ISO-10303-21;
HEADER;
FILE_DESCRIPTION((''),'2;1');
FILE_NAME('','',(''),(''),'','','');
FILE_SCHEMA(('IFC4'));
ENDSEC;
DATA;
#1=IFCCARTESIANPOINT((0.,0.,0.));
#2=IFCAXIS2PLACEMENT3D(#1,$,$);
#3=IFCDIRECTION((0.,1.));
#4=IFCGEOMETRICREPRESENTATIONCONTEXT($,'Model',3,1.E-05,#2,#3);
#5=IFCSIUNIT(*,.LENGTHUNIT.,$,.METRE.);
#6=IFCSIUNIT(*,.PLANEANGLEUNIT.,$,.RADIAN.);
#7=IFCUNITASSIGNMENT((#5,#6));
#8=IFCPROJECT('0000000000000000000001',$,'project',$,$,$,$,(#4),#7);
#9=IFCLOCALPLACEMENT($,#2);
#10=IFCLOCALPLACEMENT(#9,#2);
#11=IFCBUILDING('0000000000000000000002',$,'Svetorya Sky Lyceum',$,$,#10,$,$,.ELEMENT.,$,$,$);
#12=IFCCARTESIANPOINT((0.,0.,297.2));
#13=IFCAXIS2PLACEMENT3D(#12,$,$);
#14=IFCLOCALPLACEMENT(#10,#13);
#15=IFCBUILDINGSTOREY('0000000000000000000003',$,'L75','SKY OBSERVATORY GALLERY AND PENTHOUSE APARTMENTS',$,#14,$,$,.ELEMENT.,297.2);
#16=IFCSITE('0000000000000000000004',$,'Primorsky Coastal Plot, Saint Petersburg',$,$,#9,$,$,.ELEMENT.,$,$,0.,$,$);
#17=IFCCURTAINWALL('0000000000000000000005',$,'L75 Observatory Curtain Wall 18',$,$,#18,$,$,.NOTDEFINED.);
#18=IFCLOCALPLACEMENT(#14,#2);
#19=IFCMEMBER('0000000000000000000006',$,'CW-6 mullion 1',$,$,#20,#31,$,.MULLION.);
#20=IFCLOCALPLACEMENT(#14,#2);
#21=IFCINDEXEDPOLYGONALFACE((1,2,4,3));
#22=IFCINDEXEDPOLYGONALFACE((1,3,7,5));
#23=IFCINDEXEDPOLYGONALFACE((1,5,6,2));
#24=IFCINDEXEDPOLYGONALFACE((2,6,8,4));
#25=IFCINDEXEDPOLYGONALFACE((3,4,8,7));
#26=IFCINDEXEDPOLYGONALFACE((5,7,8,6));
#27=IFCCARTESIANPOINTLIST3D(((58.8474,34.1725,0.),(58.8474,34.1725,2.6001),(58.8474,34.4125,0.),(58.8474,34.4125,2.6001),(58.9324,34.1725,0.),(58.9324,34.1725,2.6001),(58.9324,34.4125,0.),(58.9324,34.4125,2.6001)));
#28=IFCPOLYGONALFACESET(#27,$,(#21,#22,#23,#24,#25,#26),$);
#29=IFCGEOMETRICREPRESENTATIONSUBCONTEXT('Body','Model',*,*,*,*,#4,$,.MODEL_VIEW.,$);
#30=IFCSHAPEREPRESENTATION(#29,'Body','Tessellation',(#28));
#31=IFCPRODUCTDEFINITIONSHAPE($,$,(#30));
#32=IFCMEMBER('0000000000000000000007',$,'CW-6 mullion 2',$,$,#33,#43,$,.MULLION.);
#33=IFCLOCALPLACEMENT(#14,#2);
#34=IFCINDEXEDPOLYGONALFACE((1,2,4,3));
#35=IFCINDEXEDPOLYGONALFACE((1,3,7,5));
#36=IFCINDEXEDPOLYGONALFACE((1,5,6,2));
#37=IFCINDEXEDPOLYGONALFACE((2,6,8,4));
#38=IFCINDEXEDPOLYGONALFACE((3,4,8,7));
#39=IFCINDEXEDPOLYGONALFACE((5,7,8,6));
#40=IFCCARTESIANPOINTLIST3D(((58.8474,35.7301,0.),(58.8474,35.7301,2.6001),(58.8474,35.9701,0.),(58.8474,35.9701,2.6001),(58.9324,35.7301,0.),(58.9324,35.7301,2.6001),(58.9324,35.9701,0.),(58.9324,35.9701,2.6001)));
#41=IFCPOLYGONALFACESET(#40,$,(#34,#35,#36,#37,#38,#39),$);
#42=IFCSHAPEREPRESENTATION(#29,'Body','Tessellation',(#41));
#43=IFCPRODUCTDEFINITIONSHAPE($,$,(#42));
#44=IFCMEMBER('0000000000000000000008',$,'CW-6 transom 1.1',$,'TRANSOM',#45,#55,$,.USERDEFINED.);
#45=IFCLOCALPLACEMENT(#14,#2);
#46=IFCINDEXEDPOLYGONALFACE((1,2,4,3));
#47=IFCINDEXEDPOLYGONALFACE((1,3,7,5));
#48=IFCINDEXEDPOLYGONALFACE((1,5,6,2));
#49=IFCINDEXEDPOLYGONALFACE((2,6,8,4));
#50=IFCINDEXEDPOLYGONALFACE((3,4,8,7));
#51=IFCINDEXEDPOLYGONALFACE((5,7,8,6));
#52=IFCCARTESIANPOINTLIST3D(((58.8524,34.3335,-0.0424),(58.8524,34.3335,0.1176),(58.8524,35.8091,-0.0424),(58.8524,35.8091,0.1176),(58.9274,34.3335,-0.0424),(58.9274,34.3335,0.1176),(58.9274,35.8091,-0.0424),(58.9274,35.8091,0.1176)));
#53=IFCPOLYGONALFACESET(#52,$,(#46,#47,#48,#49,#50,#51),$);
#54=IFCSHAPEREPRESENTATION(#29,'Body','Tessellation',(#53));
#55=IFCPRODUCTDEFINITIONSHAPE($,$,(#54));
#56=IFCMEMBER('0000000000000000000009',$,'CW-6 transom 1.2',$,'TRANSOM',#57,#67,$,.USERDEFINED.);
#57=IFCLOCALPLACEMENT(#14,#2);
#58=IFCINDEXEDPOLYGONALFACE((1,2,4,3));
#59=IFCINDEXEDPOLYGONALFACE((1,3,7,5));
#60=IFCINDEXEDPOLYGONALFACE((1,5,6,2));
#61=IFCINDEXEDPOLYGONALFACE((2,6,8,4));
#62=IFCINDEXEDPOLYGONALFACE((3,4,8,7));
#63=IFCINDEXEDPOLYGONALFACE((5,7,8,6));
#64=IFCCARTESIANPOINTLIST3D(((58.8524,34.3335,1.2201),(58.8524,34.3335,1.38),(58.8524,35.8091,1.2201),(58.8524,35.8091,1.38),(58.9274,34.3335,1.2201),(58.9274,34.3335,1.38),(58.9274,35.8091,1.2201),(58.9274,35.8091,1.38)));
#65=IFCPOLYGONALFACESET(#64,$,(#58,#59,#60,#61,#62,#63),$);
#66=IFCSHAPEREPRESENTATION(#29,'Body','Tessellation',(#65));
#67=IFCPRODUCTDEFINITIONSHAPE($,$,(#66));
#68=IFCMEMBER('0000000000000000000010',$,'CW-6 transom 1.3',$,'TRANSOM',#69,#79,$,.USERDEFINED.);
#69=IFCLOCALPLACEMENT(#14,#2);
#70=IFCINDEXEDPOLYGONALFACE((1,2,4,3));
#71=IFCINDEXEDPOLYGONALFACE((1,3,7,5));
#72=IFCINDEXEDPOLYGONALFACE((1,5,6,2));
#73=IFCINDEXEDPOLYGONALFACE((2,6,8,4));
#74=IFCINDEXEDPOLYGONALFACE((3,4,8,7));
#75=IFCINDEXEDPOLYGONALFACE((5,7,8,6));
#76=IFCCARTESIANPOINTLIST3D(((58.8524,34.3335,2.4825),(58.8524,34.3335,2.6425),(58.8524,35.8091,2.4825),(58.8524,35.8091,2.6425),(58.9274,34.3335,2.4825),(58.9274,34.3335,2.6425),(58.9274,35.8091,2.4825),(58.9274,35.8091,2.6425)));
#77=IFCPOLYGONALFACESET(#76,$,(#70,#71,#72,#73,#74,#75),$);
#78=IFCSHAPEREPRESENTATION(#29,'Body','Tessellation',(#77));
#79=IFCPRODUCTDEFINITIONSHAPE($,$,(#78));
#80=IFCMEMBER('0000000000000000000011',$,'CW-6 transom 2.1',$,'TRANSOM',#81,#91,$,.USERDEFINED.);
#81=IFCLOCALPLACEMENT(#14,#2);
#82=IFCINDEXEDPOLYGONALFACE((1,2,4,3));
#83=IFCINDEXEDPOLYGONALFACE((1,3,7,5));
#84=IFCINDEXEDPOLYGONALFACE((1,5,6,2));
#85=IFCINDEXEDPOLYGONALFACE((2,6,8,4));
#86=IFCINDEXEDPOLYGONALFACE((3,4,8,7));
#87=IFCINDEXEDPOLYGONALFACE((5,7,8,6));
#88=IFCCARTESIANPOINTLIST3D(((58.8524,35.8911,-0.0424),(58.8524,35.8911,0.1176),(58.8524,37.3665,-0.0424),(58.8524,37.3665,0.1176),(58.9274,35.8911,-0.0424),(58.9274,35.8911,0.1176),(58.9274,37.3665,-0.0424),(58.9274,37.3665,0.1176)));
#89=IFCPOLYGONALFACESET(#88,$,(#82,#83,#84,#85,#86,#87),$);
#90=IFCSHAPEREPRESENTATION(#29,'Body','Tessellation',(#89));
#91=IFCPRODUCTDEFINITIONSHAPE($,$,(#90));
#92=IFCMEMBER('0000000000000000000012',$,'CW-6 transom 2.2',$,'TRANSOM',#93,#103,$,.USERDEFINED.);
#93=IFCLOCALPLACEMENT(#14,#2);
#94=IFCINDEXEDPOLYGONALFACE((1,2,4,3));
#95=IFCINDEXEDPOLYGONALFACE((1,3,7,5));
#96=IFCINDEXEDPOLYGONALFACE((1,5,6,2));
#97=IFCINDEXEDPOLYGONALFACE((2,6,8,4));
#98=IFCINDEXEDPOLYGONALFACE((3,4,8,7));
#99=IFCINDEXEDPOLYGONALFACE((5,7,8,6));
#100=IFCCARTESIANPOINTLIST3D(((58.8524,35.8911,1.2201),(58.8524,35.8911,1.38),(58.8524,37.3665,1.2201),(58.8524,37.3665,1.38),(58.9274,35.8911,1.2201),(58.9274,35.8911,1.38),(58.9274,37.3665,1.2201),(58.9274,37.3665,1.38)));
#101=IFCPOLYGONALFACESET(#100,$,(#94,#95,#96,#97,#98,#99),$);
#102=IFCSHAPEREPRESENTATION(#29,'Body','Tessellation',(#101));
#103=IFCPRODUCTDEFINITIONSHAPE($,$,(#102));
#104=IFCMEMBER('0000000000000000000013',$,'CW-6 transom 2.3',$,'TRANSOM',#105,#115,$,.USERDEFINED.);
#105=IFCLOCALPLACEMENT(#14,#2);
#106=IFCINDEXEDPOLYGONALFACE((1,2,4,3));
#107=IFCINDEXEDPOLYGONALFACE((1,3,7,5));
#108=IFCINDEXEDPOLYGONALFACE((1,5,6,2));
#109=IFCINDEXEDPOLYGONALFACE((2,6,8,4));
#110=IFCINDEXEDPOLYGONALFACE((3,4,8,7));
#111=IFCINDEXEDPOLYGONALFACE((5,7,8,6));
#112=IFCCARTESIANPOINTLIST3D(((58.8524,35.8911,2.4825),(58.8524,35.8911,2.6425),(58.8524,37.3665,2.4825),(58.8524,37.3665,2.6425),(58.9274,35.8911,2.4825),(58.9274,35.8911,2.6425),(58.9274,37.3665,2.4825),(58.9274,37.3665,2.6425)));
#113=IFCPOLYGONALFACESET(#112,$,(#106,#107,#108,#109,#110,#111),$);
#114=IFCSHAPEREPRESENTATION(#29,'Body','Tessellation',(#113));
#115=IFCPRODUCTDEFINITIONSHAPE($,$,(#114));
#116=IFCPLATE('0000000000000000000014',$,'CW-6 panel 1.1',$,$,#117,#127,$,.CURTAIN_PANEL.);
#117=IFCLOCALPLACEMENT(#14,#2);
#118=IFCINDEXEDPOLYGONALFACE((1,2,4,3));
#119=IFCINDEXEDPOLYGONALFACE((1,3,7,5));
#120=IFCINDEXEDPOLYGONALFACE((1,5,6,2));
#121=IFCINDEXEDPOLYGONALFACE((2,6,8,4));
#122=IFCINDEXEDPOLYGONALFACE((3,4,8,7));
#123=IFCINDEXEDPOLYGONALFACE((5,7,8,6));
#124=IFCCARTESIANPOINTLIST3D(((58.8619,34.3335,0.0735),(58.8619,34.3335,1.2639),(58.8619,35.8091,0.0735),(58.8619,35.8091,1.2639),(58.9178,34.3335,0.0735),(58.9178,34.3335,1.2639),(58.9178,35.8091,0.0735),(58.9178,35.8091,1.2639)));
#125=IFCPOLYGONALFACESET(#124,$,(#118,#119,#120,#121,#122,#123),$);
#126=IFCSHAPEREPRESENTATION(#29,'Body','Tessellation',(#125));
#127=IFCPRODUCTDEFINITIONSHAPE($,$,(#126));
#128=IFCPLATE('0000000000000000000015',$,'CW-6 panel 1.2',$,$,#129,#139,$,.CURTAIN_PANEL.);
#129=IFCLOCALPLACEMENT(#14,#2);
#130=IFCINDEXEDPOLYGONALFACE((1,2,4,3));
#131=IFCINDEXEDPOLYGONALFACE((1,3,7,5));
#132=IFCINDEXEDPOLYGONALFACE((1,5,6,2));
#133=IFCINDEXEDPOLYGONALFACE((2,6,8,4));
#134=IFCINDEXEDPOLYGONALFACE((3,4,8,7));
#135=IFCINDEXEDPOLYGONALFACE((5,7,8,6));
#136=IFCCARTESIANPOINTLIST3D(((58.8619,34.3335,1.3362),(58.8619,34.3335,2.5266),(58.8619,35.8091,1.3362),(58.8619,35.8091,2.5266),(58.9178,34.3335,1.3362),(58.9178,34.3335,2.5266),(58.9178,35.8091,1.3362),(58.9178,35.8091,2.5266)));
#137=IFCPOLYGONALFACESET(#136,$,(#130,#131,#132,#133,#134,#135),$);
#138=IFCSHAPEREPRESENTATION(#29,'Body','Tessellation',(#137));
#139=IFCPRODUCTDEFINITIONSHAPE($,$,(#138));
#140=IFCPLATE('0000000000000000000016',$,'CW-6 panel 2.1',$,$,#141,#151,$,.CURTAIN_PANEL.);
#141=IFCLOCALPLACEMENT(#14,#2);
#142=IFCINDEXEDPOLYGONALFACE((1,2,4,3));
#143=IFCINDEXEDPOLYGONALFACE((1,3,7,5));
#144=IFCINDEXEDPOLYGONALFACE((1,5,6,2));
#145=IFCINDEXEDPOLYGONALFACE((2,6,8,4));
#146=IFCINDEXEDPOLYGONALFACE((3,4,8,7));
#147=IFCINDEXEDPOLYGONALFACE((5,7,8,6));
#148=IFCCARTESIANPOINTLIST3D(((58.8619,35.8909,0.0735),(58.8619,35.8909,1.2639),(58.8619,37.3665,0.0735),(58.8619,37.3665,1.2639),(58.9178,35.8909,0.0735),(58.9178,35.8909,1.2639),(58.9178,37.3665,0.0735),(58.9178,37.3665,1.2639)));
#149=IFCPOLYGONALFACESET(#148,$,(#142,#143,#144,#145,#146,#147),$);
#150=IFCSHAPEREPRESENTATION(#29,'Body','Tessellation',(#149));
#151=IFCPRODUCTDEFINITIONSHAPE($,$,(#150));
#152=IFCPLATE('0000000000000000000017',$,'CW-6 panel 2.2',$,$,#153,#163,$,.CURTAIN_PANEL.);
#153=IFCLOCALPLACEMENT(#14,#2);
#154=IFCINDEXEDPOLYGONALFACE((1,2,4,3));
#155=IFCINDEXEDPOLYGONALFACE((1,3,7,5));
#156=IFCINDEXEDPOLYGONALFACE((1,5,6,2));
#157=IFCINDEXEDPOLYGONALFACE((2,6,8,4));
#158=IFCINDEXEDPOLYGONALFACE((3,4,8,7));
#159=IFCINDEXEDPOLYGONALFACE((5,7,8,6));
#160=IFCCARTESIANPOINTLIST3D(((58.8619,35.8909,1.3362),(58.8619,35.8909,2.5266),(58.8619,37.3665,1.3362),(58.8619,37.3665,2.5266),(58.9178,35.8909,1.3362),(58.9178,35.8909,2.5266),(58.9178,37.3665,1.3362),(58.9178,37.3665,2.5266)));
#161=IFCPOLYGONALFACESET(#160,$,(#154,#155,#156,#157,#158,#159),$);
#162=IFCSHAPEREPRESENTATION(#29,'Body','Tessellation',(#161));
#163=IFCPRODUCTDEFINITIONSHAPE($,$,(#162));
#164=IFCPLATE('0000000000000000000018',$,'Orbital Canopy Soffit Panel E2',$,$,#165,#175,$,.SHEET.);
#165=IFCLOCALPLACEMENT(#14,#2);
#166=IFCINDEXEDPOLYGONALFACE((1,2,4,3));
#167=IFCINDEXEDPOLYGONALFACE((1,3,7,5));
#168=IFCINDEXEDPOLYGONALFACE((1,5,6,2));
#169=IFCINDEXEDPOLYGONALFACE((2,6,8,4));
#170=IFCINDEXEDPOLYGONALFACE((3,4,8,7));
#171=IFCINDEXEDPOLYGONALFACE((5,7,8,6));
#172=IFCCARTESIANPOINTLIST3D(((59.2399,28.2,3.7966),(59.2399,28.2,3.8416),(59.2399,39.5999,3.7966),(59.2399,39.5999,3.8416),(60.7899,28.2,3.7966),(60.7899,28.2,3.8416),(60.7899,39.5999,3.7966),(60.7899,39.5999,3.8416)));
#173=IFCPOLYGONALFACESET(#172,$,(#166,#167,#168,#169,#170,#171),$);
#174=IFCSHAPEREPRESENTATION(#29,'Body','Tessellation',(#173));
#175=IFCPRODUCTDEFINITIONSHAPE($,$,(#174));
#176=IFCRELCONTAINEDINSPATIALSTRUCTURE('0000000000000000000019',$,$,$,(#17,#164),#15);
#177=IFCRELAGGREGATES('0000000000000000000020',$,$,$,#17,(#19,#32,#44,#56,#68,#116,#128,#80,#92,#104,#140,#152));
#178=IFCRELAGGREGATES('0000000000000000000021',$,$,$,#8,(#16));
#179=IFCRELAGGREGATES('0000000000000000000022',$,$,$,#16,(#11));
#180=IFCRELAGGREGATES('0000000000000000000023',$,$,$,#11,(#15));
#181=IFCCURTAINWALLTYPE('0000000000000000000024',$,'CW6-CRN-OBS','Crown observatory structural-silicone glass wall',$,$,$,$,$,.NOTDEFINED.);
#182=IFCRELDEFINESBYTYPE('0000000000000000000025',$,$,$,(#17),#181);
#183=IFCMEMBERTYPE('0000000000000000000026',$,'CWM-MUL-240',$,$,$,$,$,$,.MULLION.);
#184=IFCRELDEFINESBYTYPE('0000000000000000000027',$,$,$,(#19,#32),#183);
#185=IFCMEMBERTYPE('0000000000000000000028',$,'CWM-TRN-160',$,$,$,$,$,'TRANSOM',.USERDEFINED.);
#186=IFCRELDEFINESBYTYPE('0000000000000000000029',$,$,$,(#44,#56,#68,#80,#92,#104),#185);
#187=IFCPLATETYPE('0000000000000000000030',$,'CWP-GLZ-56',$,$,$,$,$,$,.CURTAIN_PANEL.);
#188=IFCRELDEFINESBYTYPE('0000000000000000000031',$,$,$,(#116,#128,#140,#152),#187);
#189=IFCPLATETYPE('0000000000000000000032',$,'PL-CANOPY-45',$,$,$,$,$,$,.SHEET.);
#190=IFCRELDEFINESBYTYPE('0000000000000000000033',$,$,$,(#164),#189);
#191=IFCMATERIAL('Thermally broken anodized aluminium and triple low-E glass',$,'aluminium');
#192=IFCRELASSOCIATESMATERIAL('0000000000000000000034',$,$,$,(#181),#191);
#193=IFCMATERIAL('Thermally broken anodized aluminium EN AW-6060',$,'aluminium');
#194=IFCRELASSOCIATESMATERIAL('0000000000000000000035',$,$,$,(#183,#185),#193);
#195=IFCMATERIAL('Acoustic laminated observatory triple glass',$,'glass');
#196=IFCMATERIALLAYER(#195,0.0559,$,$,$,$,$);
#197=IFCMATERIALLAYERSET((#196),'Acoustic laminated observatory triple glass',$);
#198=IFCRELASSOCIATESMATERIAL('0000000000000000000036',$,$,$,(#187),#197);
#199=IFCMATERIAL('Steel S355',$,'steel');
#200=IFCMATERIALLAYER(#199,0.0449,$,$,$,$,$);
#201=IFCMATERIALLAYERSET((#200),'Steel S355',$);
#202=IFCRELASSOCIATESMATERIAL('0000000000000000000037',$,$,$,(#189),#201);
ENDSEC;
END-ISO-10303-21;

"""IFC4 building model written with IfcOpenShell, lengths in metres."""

from ifc_helpers import new_model, si_unit, direction, frame, origin, origin_2d, place, context, subcontext, project, spatial, rectangle, extrude, material, layer, layer_set, material_profile, profile_set, type_object, element, aggregate, save


model = new_model("IFC4")

# Units and contexts
model_context = context("Model", 3, precision=1e-05, world=origin(), true_north=direction((0.0, 1.0)))
body_context = subcontext(model_context, "Body", "Model", "MODEL_VIEW")
ifc_project = project(units=[si_unit("LENGTHUNIT", "METRE"), si_unit("PLANEANGLEUNIT", "RADIAN")], contexts=[model_context])

# Site, building, storey
site_placement = place(None, origin())
site = spatial("IfcSite", under=ifc_project, at=site_placement, Name="Primorsky Coastal Plot, Saint Petersburg", CompositionType="ELEMENT", RefElevation=0.0)
building_placement = place(site_placement, origin())
building = spatial("IfcBuilding", under=site, at=building_placement, Name="Svetorya Sky Lyceum", CompositionType="ELEMENT")
storey_placement = place(building_placement, frame((0.0, 0.0, 297.2)))
storey = spatial("IfcBuildingStorey", under=building, at=storey_placement, Name="L75", Description="SKY OBSERVATORY GALLERY AND PENTHOUSE APARTMENTS", CompositionType="ELEMENT", Elevation=297.2)

# Curtain wall, members, plates
ifc_material_1 = material(Name="Thermally broken anodized aluminium and triple low-E glass", Category="aluminium")
curtain_wall_type = type_object("IfcCurtainWallType", Name="CW6-CRN-OBS", Description="Crown observatory structural-silicone glass wall", PredefinedType="NOTDEFINED", material=ifc_material_1)
curtain_wall_placement = place(storey_placement, origin())
curtain_wall = element("IfcCurtainWall", 1, at=curtain_wall_placement, inside=storey, type_object=curtain_wall_type, Name="L75 Observatory Curtain Wall 18", PredefinedType="NOTDEFINED")
ifc_material_2 = material(Name="Thermally broken anodized aluminium EN AW-6060", Category="aluminium")
ifc_material_profile_1 = material_profile(ifc_material_2, rectangle(XDim=0.085, YDim=0.24, at=origin_2d()), Name="ALU MULLION 85x240")
ifc_profile_set_1 = profile_set([ifc_material_profile_1], Name="Thermally broken anodized aluminium EN AW-6060")
member_type_1 = type_object("IfcMemberType", Name="CWM-MUL-240", PredefinedType="MULLION", material=ifc_profile_set_1)
member_1_placement = place(storey_placement, frame((58.8899, 34.2925, 0.0), z_axis=(0.0, 0.0, 1.0), x_axis=(-1.0, 0.0, 0.0)))
member_1 = element("IfcMember", 2, at=member_1_placement, type_object=member_type_1, Name="CW-6 mullion 1", PredefinedType="MULLION", context=body_context, shape_type="SweptSolid", body=[
    extrude(rectangle(XDim=0.085, YDim=0.24, at=origin_2d()), origin(), (0.0, 0.0, 1.0), 2.6001),
])
member_2_placement = place(storey_placement, frame((58.8899, 35.8501, 0.0), z_axis=(0.0, 0.0, 1.0), x_axis=(-1.0, 0.0, 0.0)))
member_2 = element("IfcMember", 3, at=member_2_placement, type_object=member_type_1, Name="CW-6 mullion 2", PredefinedType="MULLION", context=body_context, shape_type="SweptSolid", body=[
    extrude(rectangle(XDim=0.085, YDim=0.24, at=origin_2d()), origin(), (0.0, 0.0, 1.0), 2.6001),
])
ifc_material_profile_2 = material_profile(ifc_material_2, rectangle(XDim=0.075, YDim=0.1599, at=origin_2d()), Name="ALU TRANSOM 75x160")
ifc_profile_set_2 = profile_set([ifc_material_profile_2], Name="Thermally broken anodized aluminium EN AW-6060")
member_type_2 = type_object("IfcMemberType", Name="CWM-TRN-160", ElementType="TRANSOM", PredefinedType="USERDEFINED", material=ifc_profile_set_2)
member_3_placement = place(storey_placement, frame((58.8899, 34.3335, 0.0376), z_axis=(0.0, 1.0, 0.0), x_axis=(-1.0, 0.0, 0.0)))
member_3 = element("IfcMember", 4, at=member_3_placement, type_object=member_type_2, Name="CW-6 transom 1.1", ObjectType="TRANSOM", PredefinedType="USERDEFINED", context=body_context, shape_type="SweptSolid", body=[
    extrude(rectangle(XDim=0.075, YDim=0.1599, at=origin_2d()), origin(), (0.0, 0.0, 1.0), 1.4756),
])
member_4_placement = place(storey_placement, frame((58.8899, 34.3335, 1.3), z_axis=(0.0, 1.0, 0.0), x_axis=(-1.0, 0.0, 0.0)))
member_4 = element("IfcMember", 5, at=member_4_placement, type_object=member_type_2, Name="CW-6 transom 1.2", ObjectType="TRANSOM", PredefinedType="USERDEFINED", context=body_context, shape_type="SweptSolid", body=[
    extrude(rectangle(XDim=0.075, YDim=0.1599, at=origin_2d()), origin(), (0.0, 0.0, 1.0), 1.4756),
])
member_5_placement = place(storey_placement, frame((58.8899, 34.3335, 2.5625), z_axis=(0.0, 1.0, 0.0), x_axis=(-1.0, 0.0, 0.0)))
member_5 = element("IfcMember", 6, at=member_5_placement, type_object=member_type_2, Name="CW-6 transom 1.3", ObjectType="TRANSOM", PredefinedType="USERDEFINED", context=body_context, shape_type="SweptSolid", body=[
    extrude(rectangle(XDim=0.075, YDim=0.1599, at=origin_2d()), origin(), (0.0, 0.0, 1.0), 1.4756),
])
member_6_placement = place(storey_placement, frame((58.8899, 35.8911, 0.0376), z_axis=(0.0, 1.0, 0.0), x_axis=(-1.0, 0.0, 0.0)))
member_6 = element("IfcMember", 7, at=member_6_placement, type_object=member_type_2, Name="CW-6 transom 2.1", ObjectType="TRANSOM", PredefinedType="USERDEFINED", context=body_context, shape_type="SweptSolid", body=[
    extrude(rectangle(XDim=0.075, YDim=0.1599, at=origin_2d()), origin(), (0.0, 0.0, 1.0), 1.4753),
])
member_7_placement = place(storey_placement, frame((58.8899, 35.8911, 1.3), z_axis=(0.0, 1.0, 0.0), x_axis=(-1.0, 0.0, 0.0)))
member_7 = element("IfcMember", 8, at=member_7_placement, type_object=member_type_2, Name="CW-6 transom 2.2", ObjectType="TRANSOM", PredefinedType="USERDEFINED", context=body_context, shape_type="SweptSolid", body=[
    extrude(rectangle(XDim=0.075, YDim=0.1599, at=origin_2d()), origin(), (0.0, 0.0, 1.0), 1.4753),
])
member_8_placement = place(storey_placement, frame((58.8899, 35.8911, 2.5625), z_axis=(0.0, 1.0, 0.0), x_axis=(-1.0, 0.0, 0.0)))
member_8 = element("IfcMember", 9, at=member_8_placement, type_object=member_type_2, Name="CW-6 transom 2.3", ObjectType="TRANSOM", PredefinedType="USERDEFINED", context=body_context, shape_type="SweptSolid", body=[
    extrude(rectangle(XDim=0.075, YDim=0.1599, at=origin_2d()), origin(), (0.0, 0.0, 1.0), 1.4753),
])
ifc_material_3 = material(Name="Acoustic laminated observatory triple glass", Category="glass")
ifc_layer_1 = layer(ifc_material_3, 0.0559)
ifc_layer_set_1 = layer_set([ifc_layer_1], Name="Acoustic laminated observatory triple glass")
plate_type_1 = type_object("IfcPlateType", Name="CWP-GLZ-56", PredefinedType="CURTAIN_PANEL", material=ifc_layer_set_1)
plate_1_placement = place(storey_placement, frame((58.8899, 35.0713, 0.0735), z_axis=(0.0, 0.0, 1.0), x_axis=(0.0, 1.0, 0.0)))
plate_1 = element("IfcPlate", 10, at=plate_1_placement, type_object=plate_type_1, Name="CW-6 panel 1.1", PredefinedType="CURTAIN_PANEL", context=body_context, shape_type="SweptSolid", body=[
    extrude(rectangle(XDim=1.4756, YDim=0.0559, at=origin_2d()), origin(), (0.0, 0.0, 1.0), 1.1904),
])
plate_2_placement = place(storey_placement, frame((58.8899, 35.0713, 1.3362), z_axis=(0.0, 0.0, 1.0), x_axis=(0.0, 1.0, 0.0)))
plate_2 = element("IfcPlate", 11, at=plate_2_placement, type_object=plate_type_1, Name="CW-6 panel 1.2", PredefinedType="CURTAIN_PANEL", context=body_context, shape_type="SweptSolid", body=[
    extrude(rectangle(XDim=1.4756, YDim=0.0559, at=origin_2d()), origin(), (0.0, 0.0, 1.0), 1.1904),
])
plate_3_placement = place(storey_placement, frame((58.8899, 36.6287, 0.0735), z_axis=(0.0, 0.0, 1.0), x_axis=(0.0, 1.0, 0.0)))
plate_3 = element("IfcPlate", 12, at=plate_3_placement, type_object=plate_type_1, Name="CW-6 panel 2.1", PredefinedType="CURTAIN_PANEL", context=body_context, shape_type="SweptSolid", body=[
    extrude(rectangle(XDim=1.4756, YDim=0.0559, at=origin_2d()), origin(), (0.0, 0.0, 1.0), 1.1904),
])
plate_4_placement = place(storey_placement, frame((58.8899, 36.6287, 1.3362), z_axis=(0.0, 0.0, 1.0), x_axis=(0.0, 1.0, 0.0)))
plate_4 = element("IfcPlate", 13, at=plate_4_placement, type_object=plate_type_1, Name="CW-6 panel 2.2", PredefinedType="CURTAIN_PANEL", context=body_context, shape_type="SweptSolid", body=[
    extrude(rectangle(XDim=1.4756, YDim=0.0559, at=origin_2d()), origin(), (0.0, 0.0, 1.0), 1.1904),
])
aggregate(curtain_wall, [member_1, member_2, member_3, member_4, member_5, plate_1, plate_2, member_6, member_7, member_8, plate_3, plate_4])

# Plate
ifc_material_4 = material(Name="Steel S355", Category="steel")
ifc_layer_2 = layer(ifc_material_4, 0.0449)
ifc_layer_set_2 = layer_set([ifc_layer_2], Name="Steel S355")
plate_type_2 = type_object("IfcPlateType", Name="PL-CANOPY-45", PredefinedType="SHEET", material=ifc_layer_set_2)
plate_5_placement = place(storey_placement, frame((60.0149, 33.8999, 3.7966), z_axis=(0.0, 0.0, 1.0), x_axis=(1.0, 0.0, 0.0)))
element("IfcPlate", 14, at=plate_5_placement, inside=storey, type_object=plate_type_2, Name="Orbital Canopy Soffit Panel E2", PredefinedType="SHEET", context=body_context, shape_type="SweptSolid", body=[
    extrude(rectangle(XDim=1.55, YDim=11.3999, at=origin_2d()), origin(), (0.0, 0.0, 1.0), 0.0449),
])

save(model, "model.ifc")
